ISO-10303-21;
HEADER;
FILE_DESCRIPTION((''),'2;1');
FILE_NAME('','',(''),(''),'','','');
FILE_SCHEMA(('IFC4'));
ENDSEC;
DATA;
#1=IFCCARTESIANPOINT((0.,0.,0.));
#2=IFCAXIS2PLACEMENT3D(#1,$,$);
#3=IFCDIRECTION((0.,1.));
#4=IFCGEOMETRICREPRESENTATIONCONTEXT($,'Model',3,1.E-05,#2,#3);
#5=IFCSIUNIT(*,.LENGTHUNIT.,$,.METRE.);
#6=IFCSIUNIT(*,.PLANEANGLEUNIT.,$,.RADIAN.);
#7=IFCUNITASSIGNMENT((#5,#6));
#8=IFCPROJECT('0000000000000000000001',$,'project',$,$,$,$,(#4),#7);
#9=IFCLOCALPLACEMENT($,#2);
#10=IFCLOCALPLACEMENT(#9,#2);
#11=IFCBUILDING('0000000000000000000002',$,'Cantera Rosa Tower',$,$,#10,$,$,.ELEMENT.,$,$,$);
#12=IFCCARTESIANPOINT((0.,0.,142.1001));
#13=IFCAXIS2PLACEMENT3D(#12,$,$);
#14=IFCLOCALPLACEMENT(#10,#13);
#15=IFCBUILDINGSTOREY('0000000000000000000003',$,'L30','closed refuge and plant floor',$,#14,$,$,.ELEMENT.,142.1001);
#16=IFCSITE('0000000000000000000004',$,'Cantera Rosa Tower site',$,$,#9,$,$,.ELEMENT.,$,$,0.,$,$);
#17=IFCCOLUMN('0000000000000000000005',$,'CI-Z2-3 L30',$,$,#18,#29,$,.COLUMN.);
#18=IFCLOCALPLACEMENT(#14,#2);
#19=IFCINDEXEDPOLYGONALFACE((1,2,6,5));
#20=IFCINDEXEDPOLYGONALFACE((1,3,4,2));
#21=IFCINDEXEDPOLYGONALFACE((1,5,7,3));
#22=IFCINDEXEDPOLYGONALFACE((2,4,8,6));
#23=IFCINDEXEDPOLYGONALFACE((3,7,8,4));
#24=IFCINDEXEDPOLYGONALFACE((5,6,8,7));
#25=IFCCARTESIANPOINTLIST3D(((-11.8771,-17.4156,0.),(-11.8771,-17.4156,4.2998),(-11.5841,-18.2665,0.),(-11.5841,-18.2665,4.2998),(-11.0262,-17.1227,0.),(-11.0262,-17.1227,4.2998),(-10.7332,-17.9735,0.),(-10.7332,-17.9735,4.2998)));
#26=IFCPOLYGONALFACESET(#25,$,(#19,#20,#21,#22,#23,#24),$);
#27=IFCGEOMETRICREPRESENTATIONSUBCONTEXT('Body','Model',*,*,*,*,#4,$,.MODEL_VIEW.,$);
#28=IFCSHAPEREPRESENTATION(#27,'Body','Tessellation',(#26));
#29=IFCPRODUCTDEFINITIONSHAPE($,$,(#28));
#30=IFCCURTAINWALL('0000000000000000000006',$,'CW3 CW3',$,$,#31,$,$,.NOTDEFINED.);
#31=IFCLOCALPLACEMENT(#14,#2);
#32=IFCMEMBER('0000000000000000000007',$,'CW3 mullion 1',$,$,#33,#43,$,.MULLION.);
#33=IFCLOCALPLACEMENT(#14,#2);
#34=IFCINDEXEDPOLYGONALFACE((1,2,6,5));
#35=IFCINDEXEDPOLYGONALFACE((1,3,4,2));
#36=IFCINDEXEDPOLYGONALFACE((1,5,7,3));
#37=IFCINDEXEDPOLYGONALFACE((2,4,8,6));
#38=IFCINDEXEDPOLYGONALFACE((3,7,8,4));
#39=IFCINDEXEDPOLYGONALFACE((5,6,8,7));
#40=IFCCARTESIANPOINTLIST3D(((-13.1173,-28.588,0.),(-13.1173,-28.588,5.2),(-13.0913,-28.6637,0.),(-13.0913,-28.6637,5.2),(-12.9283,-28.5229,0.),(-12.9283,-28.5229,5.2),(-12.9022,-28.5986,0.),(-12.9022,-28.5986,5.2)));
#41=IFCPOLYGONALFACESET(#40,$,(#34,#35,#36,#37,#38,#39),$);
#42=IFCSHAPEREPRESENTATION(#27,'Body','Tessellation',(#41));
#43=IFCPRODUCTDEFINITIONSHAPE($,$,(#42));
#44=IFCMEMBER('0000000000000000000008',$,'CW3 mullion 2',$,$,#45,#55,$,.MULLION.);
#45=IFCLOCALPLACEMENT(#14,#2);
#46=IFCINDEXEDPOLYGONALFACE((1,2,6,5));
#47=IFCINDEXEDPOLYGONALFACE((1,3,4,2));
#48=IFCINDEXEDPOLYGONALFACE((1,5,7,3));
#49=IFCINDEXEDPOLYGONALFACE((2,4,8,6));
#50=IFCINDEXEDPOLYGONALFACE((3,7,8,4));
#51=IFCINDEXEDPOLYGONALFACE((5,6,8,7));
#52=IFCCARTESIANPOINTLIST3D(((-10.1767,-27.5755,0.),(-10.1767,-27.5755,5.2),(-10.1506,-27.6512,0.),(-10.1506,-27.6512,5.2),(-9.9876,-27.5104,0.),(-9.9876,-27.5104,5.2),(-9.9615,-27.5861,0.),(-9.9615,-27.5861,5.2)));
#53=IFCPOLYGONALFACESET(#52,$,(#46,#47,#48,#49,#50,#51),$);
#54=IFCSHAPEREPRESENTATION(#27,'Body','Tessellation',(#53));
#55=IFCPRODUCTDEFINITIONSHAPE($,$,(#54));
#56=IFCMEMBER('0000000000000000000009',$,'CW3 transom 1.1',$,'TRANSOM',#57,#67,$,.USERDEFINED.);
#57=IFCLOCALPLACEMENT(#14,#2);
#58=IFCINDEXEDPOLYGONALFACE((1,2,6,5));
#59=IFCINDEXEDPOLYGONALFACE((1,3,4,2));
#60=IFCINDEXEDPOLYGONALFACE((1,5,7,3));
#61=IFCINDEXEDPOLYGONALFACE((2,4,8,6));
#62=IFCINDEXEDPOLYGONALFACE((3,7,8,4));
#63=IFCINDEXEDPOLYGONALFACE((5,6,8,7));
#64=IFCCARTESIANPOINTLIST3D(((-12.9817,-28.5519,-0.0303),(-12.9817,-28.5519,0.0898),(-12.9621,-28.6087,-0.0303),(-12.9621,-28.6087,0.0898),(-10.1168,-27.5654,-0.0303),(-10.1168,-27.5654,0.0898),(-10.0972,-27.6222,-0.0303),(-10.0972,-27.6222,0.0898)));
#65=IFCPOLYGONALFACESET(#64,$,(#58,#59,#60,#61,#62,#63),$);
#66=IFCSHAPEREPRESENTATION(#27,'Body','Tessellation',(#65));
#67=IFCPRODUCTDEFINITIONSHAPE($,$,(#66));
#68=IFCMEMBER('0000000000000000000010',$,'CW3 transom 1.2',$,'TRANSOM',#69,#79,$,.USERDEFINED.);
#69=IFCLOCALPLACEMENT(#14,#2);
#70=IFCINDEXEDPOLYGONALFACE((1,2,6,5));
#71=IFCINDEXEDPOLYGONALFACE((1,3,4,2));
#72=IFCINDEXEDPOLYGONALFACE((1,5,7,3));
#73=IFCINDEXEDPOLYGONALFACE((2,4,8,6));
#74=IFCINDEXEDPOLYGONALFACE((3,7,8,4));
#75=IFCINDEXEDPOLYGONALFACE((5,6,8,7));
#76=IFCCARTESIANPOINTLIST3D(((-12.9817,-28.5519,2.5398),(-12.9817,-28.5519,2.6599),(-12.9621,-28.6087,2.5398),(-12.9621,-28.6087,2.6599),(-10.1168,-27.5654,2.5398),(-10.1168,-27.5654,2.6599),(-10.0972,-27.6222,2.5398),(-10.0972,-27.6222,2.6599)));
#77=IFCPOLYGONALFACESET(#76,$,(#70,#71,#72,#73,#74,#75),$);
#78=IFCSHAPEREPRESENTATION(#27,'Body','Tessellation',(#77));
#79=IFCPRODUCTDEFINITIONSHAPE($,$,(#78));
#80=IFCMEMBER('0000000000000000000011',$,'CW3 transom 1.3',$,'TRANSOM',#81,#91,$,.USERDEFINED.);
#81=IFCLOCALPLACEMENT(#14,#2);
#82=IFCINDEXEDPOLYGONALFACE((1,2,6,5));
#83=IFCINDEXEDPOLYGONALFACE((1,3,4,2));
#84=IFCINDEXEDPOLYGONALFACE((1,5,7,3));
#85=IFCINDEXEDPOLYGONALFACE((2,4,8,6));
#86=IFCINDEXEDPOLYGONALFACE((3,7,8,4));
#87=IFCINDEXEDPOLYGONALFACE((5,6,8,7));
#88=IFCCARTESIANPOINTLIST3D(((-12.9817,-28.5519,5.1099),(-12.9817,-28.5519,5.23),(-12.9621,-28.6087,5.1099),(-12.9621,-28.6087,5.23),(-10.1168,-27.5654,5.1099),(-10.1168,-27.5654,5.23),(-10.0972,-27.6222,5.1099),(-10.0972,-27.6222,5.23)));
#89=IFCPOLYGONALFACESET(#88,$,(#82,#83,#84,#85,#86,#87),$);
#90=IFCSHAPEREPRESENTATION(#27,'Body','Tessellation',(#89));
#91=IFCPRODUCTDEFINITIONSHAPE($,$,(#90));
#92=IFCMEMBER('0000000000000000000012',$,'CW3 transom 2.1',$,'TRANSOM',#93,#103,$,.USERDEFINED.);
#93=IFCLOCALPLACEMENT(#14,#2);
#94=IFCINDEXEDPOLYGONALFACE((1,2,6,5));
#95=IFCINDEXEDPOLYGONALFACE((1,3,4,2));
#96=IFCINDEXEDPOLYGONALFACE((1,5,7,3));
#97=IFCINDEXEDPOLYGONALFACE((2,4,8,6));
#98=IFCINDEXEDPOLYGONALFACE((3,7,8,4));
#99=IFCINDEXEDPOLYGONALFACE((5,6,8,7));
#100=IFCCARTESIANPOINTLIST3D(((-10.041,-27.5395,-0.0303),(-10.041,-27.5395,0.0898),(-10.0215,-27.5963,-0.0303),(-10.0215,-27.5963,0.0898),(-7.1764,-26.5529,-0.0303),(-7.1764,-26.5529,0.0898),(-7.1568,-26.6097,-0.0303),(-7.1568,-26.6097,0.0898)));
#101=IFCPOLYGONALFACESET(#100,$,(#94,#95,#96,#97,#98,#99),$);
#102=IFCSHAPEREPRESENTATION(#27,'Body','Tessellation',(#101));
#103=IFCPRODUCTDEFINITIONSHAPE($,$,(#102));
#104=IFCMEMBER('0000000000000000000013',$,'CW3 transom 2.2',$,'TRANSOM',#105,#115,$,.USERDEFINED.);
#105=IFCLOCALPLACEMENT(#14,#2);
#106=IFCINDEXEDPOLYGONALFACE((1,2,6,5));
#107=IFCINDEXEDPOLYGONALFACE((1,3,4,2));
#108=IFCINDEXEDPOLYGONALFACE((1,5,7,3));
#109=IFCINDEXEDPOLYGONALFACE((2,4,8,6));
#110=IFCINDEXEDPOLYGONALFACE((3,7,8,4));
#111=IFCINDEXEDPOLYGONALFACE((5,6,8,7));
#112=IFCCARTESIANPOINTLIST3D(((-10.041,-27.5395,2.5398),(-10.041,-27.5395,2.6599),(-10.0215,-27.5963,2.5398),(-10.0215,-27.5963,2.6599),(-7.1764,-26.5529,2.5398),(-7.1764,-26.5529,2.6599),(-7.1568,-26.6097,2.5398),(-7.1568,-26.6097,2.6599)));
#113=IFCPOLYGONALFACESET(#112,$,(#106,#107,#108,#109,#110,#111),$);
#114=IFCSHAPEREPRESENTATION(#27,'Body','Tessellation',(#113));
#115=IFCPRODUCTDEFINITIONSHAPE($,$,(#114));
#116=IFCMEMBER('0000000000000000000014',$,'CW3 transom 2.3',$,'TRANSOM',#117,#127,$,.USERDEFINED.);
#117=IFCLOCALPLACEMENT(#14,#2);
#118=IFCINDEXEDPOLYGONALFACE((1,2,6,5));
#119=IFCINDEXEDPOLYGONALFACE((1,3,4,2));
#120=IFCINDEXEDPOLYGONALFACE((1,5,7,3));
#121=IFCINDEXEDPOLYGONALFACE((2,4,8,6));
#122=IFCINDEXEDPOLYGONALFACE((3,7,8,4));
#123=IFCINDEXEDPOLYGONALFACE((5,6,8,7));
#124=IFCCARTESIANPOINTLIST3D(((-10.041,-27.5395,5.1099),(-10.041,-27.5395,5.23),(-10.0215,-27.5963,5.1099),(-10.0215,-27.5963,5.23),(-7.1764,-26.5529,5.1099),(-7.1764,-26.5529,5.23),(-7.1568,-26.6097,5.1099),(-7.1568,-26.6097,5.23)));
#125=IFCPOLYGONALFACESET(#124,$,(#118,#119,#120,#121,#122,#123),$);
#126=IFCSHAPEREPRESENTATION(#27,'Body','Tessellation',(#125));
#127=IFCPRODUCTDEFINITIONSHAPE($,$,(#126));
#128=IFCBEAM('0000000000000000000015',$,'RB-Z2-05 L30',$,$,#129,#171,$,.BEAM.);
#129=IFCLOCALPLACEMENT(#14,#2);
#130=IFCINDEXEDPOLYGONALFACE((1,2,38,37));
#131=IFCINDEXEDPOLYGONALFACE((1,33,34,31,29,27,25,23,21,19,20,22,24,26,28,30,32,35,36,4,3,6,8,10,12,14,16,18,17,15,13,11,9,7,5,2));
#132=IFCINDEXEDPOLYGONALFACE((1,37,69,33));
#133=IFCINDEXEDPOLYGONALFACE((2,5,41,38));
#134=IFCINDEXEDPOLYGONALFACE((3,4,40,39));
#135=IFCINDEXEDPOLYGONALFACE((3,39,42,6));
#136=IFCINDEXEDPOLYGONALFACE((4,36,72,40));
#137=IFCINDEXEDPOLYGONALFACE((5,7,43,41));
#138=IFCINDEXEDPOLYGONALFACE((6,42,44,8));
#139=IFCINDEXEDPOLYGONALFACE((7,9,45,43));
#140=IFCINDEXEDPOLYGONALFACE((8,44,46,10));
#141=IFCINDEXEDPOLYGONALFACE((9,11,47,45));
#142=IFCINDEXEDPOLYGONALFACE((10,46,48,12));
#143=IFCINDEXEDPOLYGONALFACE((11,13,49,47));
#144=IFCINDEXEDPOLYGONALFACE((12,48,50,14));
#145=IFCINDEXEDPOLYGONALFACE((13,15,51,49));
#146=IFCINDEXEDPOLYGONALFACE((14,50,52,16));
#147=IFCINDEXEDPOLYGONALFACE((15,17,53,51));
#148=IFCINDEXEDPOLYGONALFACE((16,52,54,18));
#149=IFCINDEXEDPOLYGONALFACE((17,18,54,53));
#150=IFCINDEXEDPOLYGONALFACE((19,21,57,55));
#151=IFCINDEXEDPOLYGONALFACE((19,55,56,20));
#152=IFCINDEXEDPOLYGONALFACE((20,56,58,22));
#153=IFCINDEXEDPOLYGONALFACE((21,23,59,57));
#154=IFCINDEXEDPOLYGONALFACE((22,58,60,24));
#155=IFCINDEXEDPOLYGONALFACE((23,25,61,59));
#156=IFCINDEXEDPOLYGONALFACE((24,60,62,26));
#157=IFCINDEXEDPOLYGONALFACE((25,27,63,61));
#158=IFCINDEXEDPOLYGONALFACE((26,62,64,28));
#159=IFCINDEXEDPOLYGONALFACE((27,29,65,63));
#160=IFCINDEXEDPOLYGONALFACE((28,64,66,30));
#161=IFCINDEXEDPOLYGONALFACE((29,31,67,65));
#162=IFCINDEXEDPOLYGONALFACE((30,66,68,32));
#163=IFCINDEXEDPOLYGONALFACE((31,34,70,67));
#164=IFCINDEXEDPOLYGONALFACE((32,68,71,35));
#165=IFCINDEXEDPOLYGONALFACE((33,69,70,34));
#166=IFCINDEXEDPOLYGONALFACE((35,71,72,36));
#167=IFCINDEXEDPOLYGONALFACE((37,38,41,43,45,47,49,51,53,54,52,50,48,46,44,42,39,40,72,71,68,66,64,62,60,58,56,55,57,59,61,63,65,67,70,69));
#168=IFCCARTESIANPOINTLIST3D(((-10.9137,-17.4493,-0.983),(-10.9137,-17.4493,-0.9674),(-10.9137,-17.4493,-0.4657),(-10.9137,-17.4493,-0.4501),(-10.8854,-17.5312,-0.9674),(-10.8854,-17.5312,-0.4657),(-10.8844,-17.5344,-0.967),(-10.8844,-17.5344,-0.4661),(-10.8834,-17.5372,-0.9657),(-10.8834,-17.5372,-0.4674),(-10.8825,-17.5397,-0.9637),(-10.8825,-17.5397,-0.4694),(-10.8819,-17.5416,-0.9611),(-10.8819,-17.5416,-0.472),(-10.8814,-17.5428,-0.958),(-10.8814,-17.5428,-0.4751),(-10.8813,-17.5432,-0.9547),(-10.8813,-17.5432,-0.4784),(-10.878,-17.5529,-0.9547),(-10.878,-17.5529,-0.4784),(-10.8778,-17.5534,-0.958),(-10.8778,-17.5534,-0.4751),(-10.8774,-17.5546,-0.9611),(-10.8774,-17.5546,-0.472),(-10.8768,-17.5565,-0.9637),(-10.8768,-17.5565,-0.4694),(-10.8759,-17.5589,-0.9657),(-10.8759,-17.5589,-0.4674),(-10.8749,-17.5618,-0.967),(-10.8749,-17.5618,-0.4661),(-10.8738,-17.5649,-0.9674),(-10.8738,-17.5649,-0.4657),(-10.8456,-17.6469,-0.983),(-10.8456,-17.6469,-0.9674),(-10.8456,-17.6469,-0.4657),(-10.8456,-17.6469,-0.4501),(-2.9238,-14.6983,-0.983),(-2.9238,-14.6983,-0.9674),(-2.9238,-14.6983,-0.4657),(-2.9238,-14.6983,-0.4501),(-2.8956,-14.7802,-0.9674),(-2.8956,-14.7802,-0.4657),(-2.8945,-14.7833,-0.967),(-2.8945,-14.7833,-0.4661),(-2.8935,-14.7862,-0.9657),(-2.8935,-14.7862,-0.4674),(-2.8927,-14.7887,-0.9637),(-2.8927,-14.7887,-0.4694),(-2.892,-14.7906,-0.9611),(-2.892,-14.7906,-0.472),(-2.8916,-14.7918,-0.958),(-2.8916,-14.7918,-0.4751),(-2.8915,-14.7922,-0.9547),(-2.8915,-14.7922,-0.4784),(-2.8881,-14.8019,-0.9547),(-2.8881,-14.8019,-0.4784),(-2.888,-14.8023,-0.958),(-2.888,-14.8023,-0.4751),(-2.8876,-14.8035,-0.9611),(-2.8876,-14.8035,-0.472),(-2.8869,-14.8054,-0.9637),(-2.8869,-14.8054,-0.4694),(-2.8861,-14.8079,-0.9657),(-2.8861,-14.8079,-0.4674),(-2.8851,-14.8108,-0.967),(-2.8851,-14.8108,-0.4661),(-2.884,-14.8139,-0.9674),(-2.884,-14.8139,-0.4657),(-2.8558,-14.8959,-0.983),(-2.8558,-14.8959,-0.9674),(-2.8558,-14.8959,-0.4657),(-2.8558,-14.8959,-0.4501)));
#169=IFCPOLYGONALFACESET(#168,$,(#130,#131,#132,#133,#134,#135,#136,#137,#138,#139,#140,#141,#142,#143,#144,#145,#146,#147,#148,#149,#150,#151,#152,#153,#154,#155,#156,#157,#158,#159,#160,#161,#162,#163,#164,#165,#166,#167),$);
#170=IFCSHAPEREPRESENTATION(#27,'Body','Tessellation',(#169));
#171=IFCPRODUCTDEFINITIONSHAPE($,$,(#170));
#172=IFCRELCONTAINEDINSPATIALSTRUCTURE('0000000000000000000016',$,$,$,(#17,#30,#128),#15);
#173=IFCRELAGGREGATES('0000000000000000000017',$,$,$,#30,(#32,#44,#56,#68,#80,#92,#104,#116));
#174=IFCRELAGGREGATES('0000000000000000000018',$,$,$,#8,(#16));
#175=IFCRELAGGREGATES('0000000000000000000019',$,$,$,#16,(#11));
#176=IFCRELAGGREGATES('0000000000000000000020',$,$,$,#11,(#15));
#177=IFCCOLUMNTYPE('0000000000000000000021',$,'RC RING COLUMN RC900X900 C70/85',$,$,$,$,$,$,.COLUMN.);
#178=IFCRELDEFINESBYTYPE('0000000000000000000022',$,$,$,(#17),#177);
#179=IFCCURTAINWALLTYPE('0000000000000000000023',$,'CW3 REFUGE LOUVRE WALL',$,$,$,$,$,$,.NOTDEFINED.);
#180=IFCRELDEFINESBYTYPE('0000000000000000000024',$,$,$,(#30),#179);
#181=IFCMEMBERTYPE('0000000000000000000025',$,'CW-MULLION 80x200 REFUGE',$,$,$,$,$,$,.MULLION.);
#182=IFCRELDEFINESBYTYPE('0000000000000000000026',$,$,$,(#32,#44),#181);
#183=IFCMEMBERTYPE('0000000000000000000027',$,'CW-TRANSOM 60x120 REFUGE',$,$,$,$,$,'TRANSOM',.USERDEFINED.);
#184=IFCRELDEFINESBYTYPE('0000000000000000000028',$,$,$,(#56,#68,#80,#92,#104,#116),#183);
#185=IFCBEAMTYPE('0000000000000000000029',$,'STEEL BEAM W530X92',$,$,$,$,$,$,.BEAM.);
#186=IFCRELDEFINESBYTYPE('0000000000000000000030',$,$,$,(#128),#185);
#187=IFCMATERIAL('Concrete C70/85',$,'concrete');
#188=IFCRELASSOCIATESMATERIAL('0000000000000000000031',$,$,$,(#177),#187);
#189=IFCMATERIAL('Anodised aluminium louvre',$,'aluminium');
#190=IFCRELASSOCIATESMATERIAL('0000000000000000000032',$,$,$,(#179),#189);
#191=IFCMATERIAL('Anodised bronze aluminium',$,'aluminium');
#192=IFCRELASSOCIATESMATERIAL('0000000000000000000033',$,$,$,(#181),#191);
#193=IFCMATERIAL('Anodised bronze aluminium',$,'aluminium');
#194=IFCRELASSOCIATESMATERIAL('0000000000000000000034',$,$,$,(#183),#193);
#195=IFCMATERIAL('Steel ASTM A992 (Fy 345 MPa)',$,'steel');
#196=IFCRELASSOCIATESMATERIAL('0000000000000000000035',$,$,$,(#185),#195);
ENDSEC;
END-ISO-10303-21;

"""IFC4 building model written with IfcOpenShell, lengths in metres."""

from ifc_helpers import new_model, si_unit, direction, frame, origin, origin_2d, place, context, subcontext, project, spatial, rectangle, i_section, extrude, material, material_profile, profile_set, type_object, element, aggregate, save


model = new_model("IFC4")

# Units and contexts
model_context = context("Model", 3, precision=1e-05, world=origin(), true_north=direction((0.0, 1.0)))
body_context = subcontext(model_context, "Body", "Model", "MODEL_VIEW")
ifc_project = project(units=[si_unit("LENGTHUNIT", "METRE"), si_unit("PLANEANGLEUNIT", "RADIAN")], contexts=[model_context])

# Site, building, storey
site_placement = place(None, origin())
site = spatial("IfcSite", under=ifc_project, at=site_placement, Name="Cantera Rosa Tower site", CompositionType="ELEMENT", RefElevation=0.0)
building_placement = place(site_placement, origin())
building = spatial("IfcBuilding", under=site, at=building_placement, Name="Cantera Rosa Tower", CompositionType="ELEMENT")
storey_placement = place(building_placement, frame((0.0, 0.0, 142.1001)))
storey = spatial("IfcBuildingStorey", under=building, at=storey_placement, Name="L30", Description="closed refuge and plant floor", CompositionType="ELEMENT", Elevation=142.1001)

# Column
ifc_material_1 = material(Name="Concrete C70/85", Category="concrete")
ifc_material_profile_1 = material_profile(ifc_material_1, rectangle(XDim=0.8999, YDim=0.8999, at=origin_2d()), Name="RC RING COLUMN RC900X900 C70/85")
ifc_profile_set_1 = profile_set([ifc_material_profile_1], Name="Concrete C70/85")
column_type = type_object("IfcColumnType", Name="RC RING COLUMN RC900X900 C70/85", PredefinedType="COLUMN", material=ifc_profile_set_1)
column_placement = place(storey_placement, frame((-11.3052, -17.6946, 0.0), z_axis=(0.0, 0.0, 1.0), x_axis=(0.945519, 0.325568, 0.0)))
element("IfcColumn", 1, at=column_placement, inside=storey, type_object=column_type, Name="CI-Z2-3 L30", PredefinedType="COLUMN", context=body_context, shape_type="SweptSolid", body=[
    extrude(rectangle(XDim=0.8999, YDim=0.8999, at=origin_2d()), origin(), (0.0, 0.0, 1.0), 4.2998),
])

# Curtain wall, members
ifc_material_2 = material(Name="Anodised aluminium louvre", Category="aluminium")
curtain_wall_type = type_object("IfcCurtainWallType", Name="CW3 REFUGE LOUVRE WALL", PredefinedType="NOTDEFINED", material=ifc_material_2)
curtain_wall_placement = place(storey_placement, origin())
curtain_wall = element("IfcCurtainWall", 2, at=curtain_wall_placement, inside=storey, type_object=curtain_wall_type, Name="CW3 CW3", PredefinedType="NOTDEFINED")
ifc_material_3 = material(Name="Anodised bronze aluminium", Category="aluminium")
ifc_material_profile_2 = material_profile(ifc_material_3, rectangle(XDim=0.0801, YDim=0.2, at=origin_2d()), Name="CW-MULLION 80x200 REFUGE")
ifc_profile_set_2 = profile_set([ifc_material_profile_2], Name="Anodised bronze aluminium")
member_type_1 = type_object("IfcMemberType", Name="CW-MULLION 80x200 REFUGE", PredefinedType="MULLION", material=ifc_profile_set_2)
member_1_placement = place(storey_placement, frame((-13.0098, -28.5933, 0.0), z_axis=(0.0, 0.0, 1.0), x_axis=(-0.325568, 0.945519, 0.0)))
member_1 = element("IfcMember", 3, at=member_1_placement, type_object=member_type_1, Name="CW3 mullion 1", PredefinedType="MULLION", context=body_context, shape_type="SweptSolid", body=[
    extrude(rectangle(XDim=0.0801, YDim=0.2, at=origin_2d()), origin(), (0.0, 0.0, 1.0), 5.2),
])
member_2_placement = place(storey_placement, frame((-10.0691, -27.5808, 0.0), z_axis=(0.0, 0.0, 1.0), x_axis=(-0.325568, 0.945519, 0.0)))
member_2 = element("IfcMember", 4, at=member_2_placement, type_object=member_type_1, Name="CW3 mullion 2", PredefinedType="MULLION", context=body_context, shape_type="SweptSolid", body=[
    extrude(rectangle(XDim=0.0801, YDim=0.2, at=origin_2d()), origin(), (0.0, 0.0, 1.0), 5.2),
])
ifc_material_4 = material(Name="Anodised bronze aluminium", Category="aluminium")
ifc_material_profile_3 = material_profile(ifc_material_4, rectangle(XDim=0.0601, YDim=0.1201, at=origin_2d()), Name="CW-TRANSOM 60x120 REFUGE")
ifc_profile_set_3 = profile_set([ifc_material_profile_3], Name="Anodised bronze aluminium")
member_type_2 = type_object("IfcMemberType", Name="CW-TRANSOM 60x120 REFUGE", ElementType="TRANSOM", PredefinedType="USERDEFINED", material=ifc_profile_set_3)
member_3_placement = place(storey_placement, frame((-12.9719, -28.5803, 0.0298), z_axis=(0.945511, 0.325591, 0.0), x_axis=(-0.325591, 0.945511, 0.0)))
member_3 = element("IfcMember", 5, at=member_3_placement, type_object=member_type_2, Name="CW3 transom 1.1", ObjectType="TRANSOM", PredefinedType="USERDEFINED", context=body_context, shape_type="SweptSolid", body=[
    extrude(rectangle(XDim=0.0601, YDim=0.1201, at=origin_2d()), origin(), (0.0, 0.0, 1.0), 3.03),
])
member_4_placement = place(storey_placement, frame((-12.9719, -28.5803, 2.5999), z_axis=(0.945511, 0.325591, 0.0), x_axis=(-0.325591, 0.945511, 0.0)))
member_4 = element("IfcMember", 6, at=member_4_placement, type_object=member_type_2, Name="CW3 transom 1.2", ObjectType="TRANSOM", PredefinedType="USERDEFINED", context=body_context, shape_type="SweptSolid", body=[
    extrude(rectangle(XDim=0.0601, YDim=0.1201, at=origin_2d()), origin(), (0.0, 0.0, 1.0), 3.03),
])
member_5_placement = place(storey_placement, frame((-12.9719, -28.5803, 5.1699), z_axis=(0.945511, 0.325591, 0.0), x_axis=(-0.325591, 0.945511, 0.0)))
member_5 = element("IfcMember", 7, at=member_5_placement, type_object=member_type_2, Name="CW3 transom 1.3", ObjectType="TRANSOM", PredefinedType="USERDEFINED", context=body_context, shape_type="SweptSolid", body=[
    extrude(rectangle(XDim=0.0601, YDim=0.1201, at=origin_2d()), origin(), (0.0, 0.0, 1.0), 3.03),
])
member_6_placement = place(storey_placement, frame((-10.0312, -27.5679, 0.0298), z_axis=(0.945502, 0.325616, 0.0), x_axis=(-0.325616, 0.945502, 0.0)))
member_6 = element("IfcMember", 8, at=member_6_placement, type_object=member_type_2, Name="CW3 transom 2.1", ObjectType="TRANSOM", PredefinedType="USERDEFINED", context=body_context, shape_type="SweptSolid", body=[
    extrude(rectangle(XDim=0.0601, YDim=0.1201, at=origin_2d()), origin(), (0.0, 0.0, 1.0), 3.0298),
])
member_7_placement = place(storey_placement, frame((-10.0312, -27.5679, 2.5999), z_axis=(0.945502, 0.325616, 0.0), x_axis=(-0.325616, 0.945502, 0.0)))
member_7 = element("IfcMember", 9, at=member_7_placement, type_object=member_type_2, Name="CW3 transom 2.2", ObjectType="TRANSOM", PredefinedType="USERDEFINED", context=body_context, shape_type="SweptSolid", body=[
    extrude(rectangle(XDim=0.0601, YDim=0.1201, at=origin_2d()), origin(), (0.0, 0.0, 1.0), 3.0298),
])
member_8_placement = place(storey_placement, frame((-10.0312, -27.5679, 5.1699), z_axis=(0.945502, 0.325616, 0.0), x_axis=(-0.325616, 0.945502, 0.0)))
member_8 = element("IfcMember", 10, at=member_8_placement, type_object=member_type_2, Name="CW3 transom 2.3", ObjectType="TRANSOM", PredefinedType="USERDEFINED", context=body_context, shape_type="SweptSolid", body=[
    extrude(rectangle(XDim=0.0601, YDim=0.1201, at=origin_2d()), origin(), (0.0, 0.0, 1.0), 3.0298),
])

# Beam
ifc_material_5 = material(Name="Steel ASTM A992 (Fy 345 MPa)", Category="steel")
ifc_material_profile_4 = material_profile(ifc_material_5, i_section(OverallWidth=0.209, OverallDepth=0.533, WebThickness=0.0103, FlangeThickness=0.0156, FilletRadius=0.0127, at=origin_2d()), Name="W530X92")
ifc_profile_set_4 = profile_set([ifc_material_profile_4], Name="Steel ASTM A992 (Fy 345 MPa)")
beam_type_1 = type_object("IfcBeamType", Name="STEEL BEAM W530X92", PredefinedType="BEAM", material=ifc_profile_set_4)
beam_1_placement = place(storey_placement, frame((-10.8796, -17.5481, -0.7166), z_axis=(0.945523, 0.325556, 0.0), x_axis=(-0.325556, 0.945523, 0.0)))
element("IfcBeam", 11, at=beam_1_placement, inside=storey, type_object=beam_type_1, Name="RB-Z2-05 L30", PredefinedType="BEAM", context=body_context, shape_type="SweptSolid", body=[
    extrude(i_section(OverallWidth=0.209, OverallDepth=0.533, WebThickness=0.0103, FlangeThickness=0.0156, FilletRadius=0.0127, at=origin_2d()), origin(), (0.0, 0.0, 1.0), 8.4502),
])

aggregate(curtain_wall, [member_1, member_2, member_3, member_4, member_5, member_6, member_7, member_8])

save(model, "model.ifc")
